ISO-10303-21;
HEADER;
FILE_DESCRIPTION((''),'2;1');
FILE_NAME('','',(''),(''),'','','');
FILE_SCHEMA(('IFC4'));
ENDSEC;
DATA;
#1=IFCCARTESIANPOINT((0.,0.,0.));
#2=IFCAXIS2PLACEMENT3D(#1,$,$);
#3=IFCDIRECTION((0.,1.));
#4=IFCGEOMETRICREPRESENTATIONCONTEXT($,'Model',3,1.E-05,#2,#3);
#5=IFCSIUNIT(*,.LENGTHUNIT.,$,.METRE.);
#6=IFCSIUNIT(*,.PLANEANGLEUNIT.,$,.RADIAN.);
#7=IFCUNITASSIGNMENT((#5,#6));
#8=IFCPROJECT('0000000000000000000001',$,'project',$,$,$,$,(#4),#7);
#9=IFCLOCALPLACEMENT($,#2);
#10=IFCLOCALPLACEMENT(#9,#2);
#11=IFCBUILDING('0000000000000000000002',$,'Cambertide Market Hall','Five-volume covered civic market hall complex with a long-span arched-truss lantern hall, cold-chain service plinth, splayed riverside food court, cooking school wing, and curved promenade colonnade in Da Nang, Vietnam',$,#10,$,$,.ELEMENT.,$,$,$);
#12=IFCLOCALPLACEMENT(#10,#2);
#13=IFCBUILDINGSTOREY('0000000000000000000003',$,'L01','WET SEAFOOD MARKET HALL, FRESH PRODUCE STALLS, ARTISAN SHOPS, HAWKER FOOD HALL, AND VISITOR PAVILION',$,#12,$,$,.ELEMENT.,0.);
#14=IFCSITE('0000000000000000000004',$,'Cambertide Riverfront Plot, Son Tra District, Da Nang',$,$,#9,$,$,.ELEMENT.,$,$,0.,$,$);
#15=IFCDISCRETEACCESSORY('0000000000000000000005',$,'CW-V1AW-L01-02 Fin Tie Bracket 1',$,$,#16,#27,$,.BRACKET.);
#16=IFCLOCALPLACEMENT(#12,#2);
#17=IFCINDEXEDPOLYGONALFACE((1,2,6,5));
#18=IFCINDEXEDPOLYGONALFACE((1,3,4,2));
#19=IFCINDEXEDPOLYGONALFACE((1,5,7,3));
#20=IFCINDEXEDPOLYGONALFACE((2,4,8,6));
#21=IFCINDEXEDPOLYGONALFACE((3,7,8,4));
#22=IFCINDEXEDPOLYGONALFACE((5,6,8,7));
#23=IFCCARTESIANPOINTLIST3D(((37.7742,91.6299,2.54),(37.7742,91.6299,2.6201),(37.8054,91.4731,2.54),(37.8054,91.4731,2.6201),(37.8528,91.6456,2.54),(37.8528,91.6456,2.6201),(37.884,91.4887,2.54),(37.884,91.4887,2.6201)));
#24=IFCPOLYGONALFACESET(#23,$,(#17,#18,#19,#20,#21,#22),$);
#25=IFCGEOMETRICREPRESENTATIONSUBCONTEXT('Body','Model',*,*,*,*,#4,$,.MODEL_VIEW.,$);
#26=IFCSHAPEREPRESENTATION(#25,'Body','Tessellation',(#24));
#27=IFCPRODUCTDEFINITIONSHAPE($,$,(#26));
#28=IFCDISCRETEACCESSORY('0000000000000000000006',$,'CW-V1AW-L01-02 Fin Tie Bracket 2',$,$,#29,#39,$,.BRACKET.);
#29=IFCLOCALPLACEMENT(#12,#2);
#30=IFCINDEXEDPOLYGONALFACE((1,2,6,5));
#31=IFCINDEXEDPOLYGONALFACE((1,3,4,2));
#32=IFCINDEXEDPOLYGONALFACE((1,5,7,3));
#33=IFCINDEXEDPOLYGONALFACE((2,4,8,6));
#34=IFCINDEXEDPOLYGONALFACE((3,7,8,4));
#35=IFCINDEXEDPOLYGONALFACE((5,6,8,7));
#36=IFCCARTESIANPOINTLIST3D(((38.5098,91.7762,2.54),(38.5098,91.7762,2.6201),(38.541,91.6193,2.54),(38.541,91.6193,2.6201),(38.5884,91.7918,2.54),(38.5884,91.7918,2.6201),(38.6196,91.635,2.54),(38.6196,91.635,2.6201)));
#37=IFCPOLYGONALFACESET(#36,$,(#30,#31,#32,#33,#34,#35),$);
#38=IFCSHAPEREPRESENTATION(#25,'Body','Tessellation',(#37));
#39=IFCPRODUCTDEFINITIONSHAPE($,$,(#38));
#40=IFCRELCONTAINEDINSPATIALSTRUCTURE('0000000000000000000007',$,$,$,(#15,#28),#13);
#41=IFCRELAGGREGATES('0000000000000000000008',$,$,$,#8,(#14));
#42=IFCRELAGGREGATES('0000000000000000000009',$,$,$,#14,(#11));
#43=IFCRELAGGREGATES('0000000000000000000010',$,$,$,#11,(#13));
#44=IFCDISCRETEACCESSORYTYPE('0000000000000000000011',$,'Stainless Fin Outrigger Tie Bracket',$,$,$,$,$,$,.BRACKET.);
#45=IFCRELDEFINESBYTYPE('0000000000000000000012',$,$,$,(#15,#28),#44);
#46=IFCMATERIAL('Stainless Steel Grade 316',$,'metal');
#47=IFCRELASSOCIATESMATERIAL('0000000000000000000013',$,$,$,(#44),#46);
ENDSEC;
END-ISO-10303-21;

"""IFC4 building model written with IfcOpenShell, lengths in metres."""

from ifc_helpers import new_model, si_unit, direction, frame, origin, origin_2d, place, context, subcontext, project, spatial, rectangle, extrude, material, type_object, element, save


model = new_model("IFC4")

# Units and contexts
model_context = context("Model", 3, precision=1e-05, world=origin(), true_north=direction((0.0, 1.0)))
body_context = subcontext(model_context, "Body", "Model", "MODEL_VIEW")
ifc_project = project(units=[si_unit("LENGTHUNIT", "METRE"), si_unit("PLANEANGLEUNIT", "RADIAN")], contexts=[model_context])

# Site, building, storey
site_placement = place(None, origin())
site = spatial("IfcSite", under=ifc_project, at=site_placement, Name="Cambertide Riverfront Plot, Son Tra District, Da Nang", CompositionType="ELEMENT", RefElevation=0.0)
building_placement = place(site_placement, origin())
building = spatial("IfcBuilding", under=site, at=building_placement, Name="Cambertide Market Hall", Description="Five-volume covered civic market hall complex with a long-span arched-truss lantern hall, cold-chain service plinth, splayed riverside food court, cooking school wing, and curved promenade colonnade in Da Nang, Vietnam", CompositionType="ELEMENT")
storey_placement = place(building_placement, origin())
storey = spatial("IfcBuildingStorey", under=building, at=storey_placement, Name="L01", Description="WET SEAFOOD MARKET HALL, FRESH PRODUCE STALLS, ARTISAN SHOPS, HAWKER FOOD HALL, AND VISITOR PAVILION", CompositionType="ELEMENT", Elevation=0.0)

# Discrete accessories
ifc_material_1 = material(Name="Stainless Steel Grade 316", Category="metal")
discrete_accessory_type = type_object("IfcDiscreteAccessoryType", Name="Stainless Fin Outrigger Tie Bracket", PredefinedType="BRACKET", material=ifc_material_1)
for number, where, z_axis, x_axis, name in (
    (1, (37.8291, 91.5593, 2.54), (0.0, 0.0, 1.0), (0.980785, 0.19509, 0.0), "CW-V1AW-L01-02 Fin Tie Bracket 1"),
    (2, (38.5647, 91.7056, 2.54), (0.0, 0.0, 1.0), (0.980785, 0.19509, 0.0), "CW-V1AW-L01-02 Fin Tie Bracket 2"),
):
    element("IfcDiscreteAccessory", number, at=place(storey_placement, frame(where, z_axis=z_axis, x_axis=x_axis)), inside=storey, type_object=discrete_accessory_type, Name=name, PredefinedType="BRACKET", context=body_context, shape_type="SweptSolid", body=[
        extrude(rectangle(XDim=0.0801, YDim=0.1599, at=origin_2d()), origin(), (0.0, 0.0, 1.0), 0.0801),
    ])

save(model, "model.ifc")
